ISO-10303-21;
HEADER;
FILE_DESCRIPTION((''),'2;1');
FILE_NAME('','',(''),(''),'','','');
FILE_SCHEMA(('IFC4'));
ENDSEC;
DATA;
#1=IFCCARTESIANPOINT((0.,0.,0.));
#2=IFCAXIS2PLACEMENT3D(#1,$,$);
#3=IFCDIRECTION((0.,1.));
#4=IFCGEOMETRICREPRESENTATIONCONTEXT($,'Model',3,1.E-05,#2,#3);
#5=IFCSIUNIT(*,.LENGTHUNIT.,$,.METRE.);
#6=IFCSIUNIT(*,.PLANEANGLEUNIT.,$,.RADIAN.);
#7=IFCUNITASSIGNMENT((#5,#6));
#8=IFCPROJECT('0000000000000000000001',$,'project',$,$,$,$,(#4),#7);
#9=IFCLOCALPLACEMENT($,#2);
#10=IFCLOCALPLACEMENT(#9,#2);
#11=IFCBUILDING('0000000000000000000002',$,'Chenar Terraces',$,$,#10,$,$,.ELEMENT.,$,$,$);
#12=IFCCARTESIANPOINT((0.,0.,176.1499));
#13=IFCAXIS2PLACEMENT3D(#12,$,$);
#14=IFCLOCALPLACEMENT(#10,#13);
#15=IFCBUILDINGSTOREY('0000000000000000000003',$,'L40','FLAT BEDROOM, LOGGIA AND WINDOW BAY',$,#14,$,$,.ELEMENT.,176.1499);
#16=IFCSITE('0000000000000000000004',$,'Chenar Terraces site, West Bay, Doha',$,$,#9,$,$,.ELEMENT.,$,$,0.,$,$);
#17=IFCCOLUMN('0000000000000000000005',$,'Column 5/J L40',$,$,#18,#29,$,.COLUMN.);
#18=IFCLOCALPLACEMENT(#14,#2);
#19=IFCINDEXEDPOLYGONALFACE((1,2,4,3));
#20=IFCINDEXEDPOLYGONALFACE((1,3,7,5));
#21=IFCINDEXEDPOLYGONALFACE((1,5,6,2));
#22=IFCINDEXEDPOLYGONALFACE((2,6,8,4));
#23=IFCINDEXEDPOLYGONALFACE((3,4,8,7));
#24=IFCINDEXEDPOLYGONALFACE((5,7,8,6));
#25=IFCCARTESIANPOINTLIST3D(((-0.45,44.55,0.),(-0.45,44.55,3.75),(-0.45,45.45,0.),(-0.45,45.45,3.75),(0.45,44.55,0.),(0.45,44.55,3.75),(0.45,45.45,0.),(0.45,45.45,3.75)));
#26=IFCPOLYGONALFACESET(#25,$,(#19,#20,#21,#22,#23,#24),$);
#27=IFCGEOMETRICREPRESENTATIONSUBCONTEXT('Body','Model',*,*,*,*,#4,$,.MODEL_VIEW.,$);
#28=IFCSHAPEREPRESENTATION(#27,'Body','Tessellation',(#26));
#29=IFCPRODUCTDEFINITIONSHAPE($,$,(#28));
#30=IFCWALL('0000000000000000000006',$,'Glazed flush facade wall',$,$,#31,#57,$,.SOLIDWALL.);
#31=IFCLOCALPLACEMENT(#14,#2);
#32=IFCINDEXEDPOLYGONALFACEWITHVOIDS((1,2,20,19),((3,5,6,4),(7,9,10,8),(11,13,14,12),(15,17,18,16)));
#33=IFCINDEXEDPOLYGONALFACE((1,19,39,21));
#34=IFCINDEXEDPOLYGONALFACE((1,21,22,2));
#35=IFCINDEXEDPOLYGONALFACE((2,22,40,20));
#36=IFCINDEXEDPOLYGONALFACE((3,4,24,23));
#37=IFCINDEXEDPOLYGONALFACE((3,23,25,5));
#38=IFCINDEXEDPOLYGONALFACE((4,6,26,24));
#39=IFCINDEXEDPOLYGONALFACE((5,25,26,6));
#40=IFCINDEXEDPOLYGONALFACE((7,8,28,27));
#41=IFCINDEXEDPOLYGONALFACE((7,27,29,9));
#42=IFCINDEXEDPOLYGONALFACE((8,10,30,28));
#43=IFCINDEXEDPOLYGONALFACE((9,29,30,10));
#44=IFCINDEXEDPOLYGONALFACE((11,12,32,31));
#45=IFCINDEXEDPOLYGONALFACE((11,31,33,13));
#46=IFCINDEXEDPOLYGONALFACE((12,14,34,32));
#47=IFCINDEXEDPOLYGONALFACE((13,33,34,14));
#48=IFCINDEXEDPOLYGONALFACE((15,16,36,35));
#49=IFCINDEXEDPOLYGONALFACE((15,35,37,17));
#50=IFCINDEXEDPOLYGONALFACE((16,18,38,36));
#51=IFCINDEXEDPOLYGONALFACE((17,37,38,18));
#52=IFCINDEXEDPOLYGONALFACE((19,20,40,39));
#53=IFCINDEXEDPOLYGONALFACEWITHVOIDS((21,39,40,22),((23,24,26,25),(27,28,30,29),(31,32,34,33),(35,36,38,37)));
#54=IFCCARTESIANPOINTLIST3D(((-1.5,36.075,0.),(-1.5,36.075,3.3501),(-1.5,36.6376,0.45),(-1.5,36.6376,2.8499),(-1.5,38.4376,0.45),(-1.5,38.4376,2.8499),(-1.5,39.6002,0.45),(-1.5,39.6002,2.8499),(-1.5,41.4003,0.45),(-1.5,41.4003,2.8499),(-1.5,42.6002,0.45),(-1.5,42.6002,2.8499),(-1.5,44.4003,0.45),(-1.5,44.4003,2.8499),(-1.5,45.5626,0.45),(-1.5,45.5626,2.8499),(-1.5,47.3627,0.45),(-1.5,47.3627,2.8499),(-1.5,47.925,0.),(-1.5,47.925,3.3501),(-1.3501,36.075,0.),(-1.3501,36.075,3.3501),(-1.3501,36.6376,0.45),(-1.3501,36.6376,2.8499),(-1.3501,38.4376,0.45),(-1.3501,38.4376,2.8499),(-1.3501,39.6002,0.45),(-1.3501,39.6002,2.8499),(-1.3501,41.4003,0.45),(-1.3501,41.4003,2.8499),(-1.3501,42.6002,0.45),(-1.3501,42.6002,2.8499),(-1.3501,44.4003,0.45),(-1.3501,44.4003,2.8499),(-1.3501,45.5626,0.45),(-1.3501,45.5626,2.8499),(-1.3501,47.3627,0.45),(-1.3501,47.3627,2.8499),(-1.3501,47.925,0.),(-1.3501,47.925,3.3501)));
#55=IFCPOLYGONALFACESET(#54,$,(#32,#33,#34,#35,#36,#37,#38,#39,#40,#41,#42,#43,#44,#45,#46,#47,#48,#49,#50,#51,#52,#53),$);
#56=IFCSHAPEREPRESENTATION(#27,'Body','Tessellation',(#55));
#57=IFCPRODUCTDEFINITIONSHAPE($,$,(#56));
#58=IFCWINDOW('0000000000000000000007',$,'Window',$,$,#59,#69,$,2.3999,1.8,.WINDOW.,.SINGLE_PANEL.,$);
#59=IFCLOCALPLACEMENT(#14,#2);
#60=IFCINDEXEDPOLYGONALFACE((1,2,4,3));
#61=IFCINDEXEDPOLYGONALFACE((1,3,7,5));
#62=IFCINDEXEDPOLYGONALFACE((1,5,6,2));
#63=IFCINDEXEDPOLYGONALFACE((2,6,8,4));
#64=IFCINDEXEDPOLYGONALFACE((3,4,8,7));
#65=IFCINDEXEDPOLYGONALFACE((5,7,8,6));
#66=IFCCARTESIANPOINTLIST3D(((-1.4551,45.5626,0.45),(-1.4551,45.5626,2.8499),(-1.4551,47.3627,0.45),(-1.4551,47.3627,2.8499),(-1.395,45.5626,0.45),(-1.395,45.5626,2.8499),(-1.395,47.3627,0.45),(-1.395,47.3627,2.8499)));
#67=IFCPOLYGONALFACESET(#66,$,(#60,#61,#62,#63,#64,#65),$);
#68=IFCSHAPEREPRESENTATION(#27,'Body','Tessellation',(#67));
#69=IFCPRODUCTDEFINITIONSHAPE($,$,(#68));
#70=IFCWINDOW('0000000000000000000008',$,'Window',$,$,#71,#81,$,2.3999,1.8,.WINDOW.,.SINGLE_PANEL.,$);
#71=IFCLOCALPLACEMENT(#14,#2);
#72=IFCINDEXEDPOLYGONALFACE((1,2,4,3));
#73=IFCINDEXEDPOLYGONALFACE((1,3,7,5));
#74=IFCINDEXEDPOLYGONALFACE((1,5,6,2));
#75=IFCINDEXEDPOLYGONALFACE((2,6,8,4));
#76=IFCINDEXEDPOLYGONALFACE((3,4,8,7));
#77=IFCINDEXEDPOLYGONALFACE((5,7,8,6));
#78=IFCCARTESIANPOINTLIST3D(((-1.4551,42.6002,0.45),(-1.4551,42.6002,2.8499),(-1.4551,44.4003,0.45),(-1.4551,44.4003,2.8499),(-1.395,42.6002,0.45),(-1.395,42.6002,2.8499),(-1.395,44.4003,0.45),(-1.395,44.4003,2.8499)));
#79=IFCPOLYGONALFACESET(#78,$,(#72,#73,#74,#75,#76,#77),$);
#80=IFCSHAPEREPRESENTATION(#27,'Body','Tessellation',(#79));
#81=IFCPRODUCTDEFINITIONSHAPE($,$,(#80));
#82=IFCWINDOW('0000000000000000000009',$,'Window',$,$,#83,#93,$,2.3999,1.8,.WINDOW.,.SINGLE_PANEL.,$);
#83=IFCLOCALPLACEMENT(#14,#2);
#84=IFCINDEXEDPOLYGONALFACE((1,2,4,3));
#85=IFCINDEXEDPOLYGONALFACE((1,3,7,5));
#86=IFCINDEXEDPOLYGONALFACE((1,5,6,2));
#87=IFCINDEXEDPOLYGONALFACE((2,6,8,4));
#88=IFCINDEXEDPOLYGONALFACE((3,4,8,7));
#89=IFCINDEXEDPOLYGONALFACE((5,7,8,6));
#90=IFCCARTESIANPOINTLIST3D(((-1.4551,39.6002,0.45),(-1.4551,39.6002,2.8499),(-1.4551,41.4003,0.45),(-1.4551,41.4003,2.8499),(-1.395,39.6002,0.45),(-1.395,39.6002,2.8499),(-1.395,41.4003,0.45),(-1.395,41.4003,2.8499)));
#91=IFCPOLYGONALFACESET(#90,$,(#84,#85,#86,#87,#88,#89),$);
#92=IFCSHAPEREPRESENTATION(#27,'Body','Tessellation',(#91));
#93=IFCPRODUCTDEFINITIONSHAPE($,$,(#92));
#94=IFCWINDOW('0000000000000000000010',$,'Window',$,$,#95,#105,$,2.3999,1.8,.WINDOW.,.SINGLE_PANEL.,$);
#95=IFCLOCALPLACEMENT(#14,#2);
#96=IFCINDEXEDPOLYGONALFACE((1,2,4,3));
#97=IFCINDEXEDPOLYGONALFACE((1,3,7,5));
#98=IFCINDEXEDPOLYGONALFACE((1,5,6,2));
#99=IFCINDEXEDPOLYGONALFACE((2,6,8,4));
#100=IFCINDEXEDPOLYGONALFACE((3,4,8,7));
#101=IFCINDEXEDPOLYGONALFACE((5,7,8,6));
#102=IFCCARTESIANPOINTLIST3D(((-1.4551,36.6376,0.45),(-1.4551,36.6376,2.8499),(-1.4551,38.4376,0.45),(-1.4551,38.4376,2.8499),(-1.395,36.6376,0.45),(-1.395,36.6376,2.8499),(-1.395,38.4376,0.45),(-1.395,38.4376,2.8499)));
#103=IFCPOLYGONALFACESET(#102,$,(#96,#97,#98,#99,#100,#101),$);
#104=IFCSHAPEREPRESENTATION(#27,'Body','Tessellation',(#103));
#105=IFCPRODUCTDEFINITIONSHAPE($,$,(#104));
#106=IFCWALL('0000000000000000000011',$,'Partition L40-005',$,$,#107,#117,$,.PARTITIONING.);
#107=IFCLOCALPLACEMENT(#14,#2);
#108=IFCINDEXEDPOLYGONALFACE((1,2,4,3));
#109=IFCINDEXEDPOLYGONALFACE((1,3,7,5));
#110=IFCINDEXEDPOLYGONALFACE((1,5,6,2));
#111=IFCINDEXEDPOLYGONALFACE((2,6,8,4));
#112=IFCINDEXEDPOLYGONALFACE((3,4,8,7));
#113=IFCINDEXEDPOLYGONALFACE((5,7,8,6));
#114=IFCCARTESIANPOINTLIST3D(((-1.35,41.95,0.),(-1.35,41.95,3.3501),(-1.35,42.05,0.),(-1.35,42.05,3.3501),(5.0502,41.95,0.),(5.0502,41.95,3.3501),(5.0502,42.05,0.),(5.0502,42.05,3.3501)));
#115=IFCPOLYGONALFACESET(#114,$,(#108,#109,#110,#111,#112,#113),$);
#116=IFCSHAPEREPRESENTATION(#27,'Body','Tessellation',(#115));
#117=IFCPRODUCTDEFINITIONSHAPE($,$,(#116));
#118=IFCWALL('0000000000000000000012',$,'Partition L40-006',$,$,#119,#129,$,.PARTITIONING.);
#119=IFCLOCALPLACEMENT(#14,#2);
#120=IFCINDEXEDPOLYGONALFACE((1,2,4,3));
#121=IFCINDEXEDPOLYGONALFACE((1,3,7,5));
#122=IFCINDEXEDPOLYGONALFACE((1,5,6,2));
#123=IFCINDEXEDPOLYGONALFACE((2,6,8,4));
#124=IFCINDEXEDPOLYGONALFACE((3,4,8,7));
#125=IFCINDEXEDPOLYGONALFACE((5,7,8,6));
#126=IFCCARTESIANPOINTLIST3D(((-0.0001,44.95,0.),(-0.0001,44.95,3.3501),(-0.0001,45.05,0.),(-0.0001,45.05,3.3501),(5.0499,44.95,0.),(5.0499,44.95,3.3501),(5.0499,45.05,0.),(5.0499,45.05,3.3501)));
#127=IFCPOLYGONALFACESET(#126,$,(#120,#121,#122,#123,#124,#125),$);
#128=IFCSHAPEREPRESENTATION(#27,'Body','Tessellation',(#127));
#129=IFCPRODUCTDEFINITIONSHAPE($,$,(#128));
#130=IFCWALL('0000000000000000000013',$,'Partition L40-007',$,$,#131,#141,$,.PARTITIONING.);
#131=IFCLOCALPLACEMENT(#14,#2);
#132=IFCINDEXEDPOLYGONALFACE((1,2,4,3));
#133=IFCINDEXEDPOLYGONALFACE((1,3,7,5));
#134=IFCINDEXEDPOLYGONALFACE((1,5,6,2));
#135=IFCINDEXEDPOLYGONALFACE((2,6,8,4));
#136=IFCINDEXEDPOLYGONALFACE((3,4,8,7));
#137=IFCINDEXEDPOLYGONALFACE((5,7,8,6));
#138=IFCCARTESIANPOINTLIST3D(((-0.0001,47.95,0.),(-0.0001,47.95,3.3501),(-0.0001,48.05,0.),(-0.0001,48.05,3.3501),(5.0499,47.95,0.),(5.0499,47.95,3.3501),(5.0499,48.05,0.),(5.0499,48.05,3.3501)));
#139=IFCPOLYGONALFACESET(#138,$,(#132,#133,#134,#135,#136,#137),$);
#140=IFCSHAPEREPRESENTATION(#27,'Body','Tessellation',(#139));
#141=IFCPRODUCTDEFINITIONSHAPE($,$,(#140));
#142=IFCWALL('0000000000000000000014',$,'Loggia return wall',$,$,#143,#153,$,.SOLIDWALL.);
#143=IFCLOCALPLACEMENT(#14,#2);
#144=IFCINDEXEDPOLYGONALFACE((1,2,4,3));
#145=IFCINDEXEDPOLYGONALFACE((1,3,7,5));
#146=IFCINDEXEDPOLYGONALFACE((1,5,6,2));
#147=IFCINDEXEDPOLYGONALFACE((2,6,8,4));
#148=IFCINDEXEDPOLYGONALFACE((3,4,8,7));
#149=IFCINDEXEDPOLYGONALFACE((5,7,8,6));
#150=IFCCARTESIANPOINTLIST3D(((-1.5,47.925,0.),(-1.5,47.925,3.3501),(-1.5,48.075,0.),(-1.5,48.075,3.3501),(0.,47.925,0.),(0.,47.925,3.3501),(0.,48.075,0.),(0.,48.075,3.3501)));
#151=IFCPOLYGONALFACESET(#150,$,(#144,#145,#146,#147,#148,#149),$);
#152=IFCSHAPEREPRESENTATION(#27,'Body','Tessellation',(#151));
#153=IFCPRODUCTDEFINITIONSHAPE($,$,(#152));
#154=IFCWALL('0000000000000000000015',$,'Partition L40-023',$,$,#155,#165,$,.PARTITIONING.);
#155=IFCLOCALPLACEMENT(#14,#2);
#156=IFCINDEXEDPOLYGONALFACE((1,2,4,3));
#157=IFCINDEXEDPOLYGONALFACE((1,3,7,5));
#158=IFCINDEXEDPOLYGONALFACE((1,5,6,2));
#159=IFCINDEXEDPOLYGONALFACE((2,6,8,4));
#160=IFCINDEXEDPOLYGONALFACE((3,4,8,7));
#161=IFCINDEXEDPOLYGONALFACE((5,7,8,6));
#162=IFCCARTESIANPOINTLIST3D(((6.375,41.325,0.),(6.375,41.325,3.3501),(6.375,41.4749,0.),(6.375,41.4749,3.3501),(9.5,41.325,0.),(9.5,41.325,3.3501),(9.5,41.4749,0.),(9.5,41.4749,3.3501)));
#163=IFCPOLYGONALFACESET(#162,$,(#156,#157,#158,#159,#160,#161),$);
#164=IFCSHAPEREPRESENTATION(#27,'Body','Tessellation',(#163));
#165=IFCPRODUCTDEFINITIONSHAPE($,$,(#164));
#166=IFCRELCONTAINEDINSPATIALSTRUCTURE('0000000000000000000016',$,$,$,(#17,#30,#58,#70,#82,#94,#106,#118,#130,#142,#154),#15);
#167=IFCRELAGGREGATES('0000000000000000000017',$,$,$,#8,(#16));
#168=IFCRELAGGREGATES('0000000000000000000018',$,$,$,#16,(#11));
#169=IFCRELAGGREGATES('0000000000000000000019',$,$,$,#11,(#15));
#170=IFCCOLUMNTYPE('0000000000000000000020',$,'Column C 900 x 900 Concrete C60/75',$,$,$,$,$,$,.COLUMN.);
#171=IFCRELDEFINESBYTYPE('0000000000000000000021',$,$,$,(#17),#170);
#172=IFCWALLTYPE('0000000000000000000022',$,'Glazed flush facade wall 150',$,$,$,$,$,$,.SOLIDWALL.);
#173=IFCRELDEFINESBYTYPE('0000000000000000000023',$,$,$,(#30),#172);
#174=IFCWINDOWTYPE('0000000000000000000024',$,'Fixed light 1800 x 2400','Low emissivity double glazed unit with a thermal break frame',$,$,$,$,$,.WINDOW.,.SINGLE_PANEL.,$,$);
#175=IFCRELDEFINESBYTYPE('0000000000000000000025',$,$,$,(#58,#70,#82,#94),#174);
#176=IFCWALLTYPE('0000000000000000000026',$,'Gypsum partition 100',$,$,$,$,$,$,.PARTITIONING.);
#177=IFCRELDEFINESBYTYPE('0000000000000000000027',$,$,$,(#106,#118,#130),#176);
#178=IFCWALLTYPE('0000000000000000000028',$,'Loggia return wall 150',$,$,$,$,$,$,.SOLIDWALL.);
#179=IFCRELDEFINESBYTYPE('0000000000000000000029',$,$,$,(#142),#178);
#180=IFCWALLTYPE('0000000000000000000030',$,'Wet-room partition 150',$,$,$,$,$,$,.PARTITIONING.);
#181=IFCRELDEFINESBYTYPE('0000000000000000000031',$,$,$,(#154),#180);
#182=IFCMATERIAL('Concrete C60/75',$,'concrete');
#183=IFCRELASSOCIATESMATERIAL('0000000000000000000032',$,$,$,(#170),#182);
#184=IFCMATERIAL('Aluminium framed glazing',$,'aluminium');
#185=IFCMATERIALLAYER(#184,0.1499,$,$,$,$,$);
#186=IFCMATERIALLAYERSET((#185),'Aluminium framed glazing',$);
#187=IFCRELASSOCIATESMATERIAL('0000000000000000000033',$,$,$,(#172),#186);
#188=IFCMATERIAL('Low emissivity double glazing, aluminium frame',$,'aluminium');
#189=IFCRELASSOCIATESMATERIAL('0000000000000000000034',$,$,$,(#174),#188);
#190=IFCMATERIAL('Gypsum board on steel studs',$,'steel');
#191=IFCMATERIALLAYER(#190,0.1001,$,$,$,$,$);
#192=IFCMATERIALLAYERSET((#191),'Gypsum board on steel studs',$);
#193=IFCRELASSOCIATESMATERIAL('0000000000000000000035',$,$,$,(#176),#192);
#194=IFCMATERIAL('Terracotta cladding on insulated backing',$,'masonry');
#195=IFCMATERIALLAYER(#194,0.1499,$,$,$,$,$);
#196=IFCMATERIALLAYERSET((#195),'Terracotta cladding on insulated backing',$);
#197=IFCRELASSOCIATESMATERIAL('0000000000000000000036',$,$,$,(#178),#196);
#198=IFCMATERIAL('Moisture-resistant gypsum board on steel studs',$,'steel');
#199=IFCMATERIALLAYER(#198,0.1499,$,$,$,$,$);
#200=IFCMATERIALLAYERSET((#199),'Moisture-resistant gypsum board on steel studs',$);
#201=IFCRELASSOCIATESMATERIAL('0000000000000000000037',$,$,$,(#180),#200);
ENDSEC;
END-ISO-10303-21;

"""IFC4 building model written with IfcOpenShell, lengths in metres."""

from ifc_helpers import new_model, si_unit, direction, frame, frame_2d, origin, origin_2d, place, context, subcontext, project, spatial, rectangle, extrude, material, layer, layer_set, material_profile, profile_set, type_object, element, fill, save


model = new_model("IFC4")

# Units and contexts
model_context = context("Model", 3, precision=1e-05, world=origin(), true_north=direction((0.0, 1.0)))
body_context = subcontext(model_context, "Body", "Model", "MODEL_VIEW")
ifc_project = project(units=[si_unit("LENGTHUNIT", "METRE"), si_unit("PLANEANGLEUNIT", "RADIAN")], contexts=[model_context])

# Site, building, storey
site_placement = place(None, origin())
site = spatial("IfcSite", under=ifc_project, at=site_placement, Name="Chenar Terraces site, West Bay, Doha", CompositionType="ELEMENT", RefElevation=0.0)
building_placement = place(site_placement, origin())
building = spatial("IfcBuilding", under=site, at=building_placement, Name="Chenar Terraces", CompositionType="ELEMENT")
storey_placement = place(building_placement, frame((0.0, 0.0, 176.1499)))
storey = spatial("IfcBuildingStorey", under=building, at=storey_placement, Name="L40", Description="FLAT BEDROOM, LOGGIA AND WINDOW BAY", CompositionType="ELEMENT", Elevation=176.1499)

# Column
ifc_material_1 = material(Name="Concrete C60/75", Category="concrete")
ifc_material_profile = material_profile(ifc_material_1, rectangle(XDim=0.8999, YDim=0.8999, at=origin_2d()), Name="C 900 x 900")
ifc_profile_set = profile_set([ifc_material_profile], Name="Concrete C60/75")
column_type = type_object("IfcColumnType", Name="Column C 900 x 900 Concrete C60/75", PredefinedType="COLUMN", material=ifc_profile_set)
placement = place(storey_placement, frame((0.0, 45.0, 0.0), z_axis=(0.0, 0.0, 1.0), x_axis=(1.0, 0.0, 0.0)))
element("IfcColumn", 1, at=placement, inside=storey, type_object=column_type, Name="Column 5/J L40", PredefinedType="COLUMN", context=body_context, shape_type="SweptSolid", body=[
    extrude(rectangle(XDim=0.8999, YDim=0.8999, at=origin_2d()), origin(), (0.0, 0.0, 1.0), 3.75),
])

# Wall, openings, windows
ifc_material_2 = material(Name="Aluminium framed glazing", Category="aluminium")
ifc_layer_1 = layer(ifc_material_2, 0.1499)
ifc_layer_set_1 = layer_set([ifc_layer_1], Name="Aluminium framed glazing")
wall_type_1 = type_object("IfcWallType", Name="Glazed flush facade wall 150", PredefinedType="SOLIDWALL", material=ifc_layer_set_1)
wall_1_placement = place(storey_placement, frame((-1.425, 47.925, 0.0), z_axis=(0.0, 0.0, 1.0), x_axis=(0.0, -1.0, 0.0)))
wall_1 = element("IfcWall", 2, at=wall_1_placement, inside=storey, type_object=wall_type_1, Name="Glazed flush facade wall", PredefinedType="SOLIDWALL", context=body_context, shape_type="SweptSolid", body=[
    extrude(rectangle(XDim=11.8501, YDim=0.1499, at=frame_2d((5.925, 0.0))), origin(), (0.0, 0.0, 1.0), 3.3501),
])
opening_1_placement = place(wall_1_placement, frame((0.5625, 0.0, 0.45)))
opening_1 = element("IfcOpeningElement", 3, at=opening_1_placement, cuts=wall_1, PredefinedType="OPENING", context=body_context, shape_type="SweptSolid", body=[
    extrude(rectangle(XDim=1.8, YDim=2.3999, at=frame_2d((0.8999, 1.2))), frame((0.0, 0.085, 0.0), z_axis=(0.0, -1.0, 0.0), x_axis=(1.0, 0.0, 0.0)), (0.0, 0.0, 1.0), 0.1699),
])
opening_2_placement = place(wall_1_placement, frame((3.5249, 0.0, 0.45)))
opening_2 = element("IfcOpeningElement", 4, at=opening_2_placement, cuts=wall_1, PredefinedType="OPENING", context=body_context, shape_type="SweptSolid", body=[
    extrude(rectangle(XDim=1.8, YDim=2.3999, at=frame_2d((0.8999, 1.2))), frame((0.0, 0.085, 0.0), z_axis=(0.0, -1.0, 0.0), x_axis=(1.0, 0.0, 0.0)), (0.0, 0.0, 1.0), 0.1699),
])
opening_3_placement = place(wall_1_placement, frame((6.5249, 0.0, 0.45)))
opening_3 = element("IfcOpeningElement", 5, at=opening_3_placement, cuts=wall_1, PredefinedType="OPENING", context=body_context, shape_type="SweptSolid", body=[
    extrude(rectangle(XDim=1.8, YDim=2.3999, at=frame_2d((0.8999, 1.2))), frame((0.0, 0.085, 0.0), z_axis=(0.0, -1.0, 0.0), x_axis=(1.0, 0.0, 0.0)), (0.0, 0.0, 1.0), 0.1699),
])
opening_4_placement = place(wall_1_placement, frame((9.4875, 0.0, 0.45)))
opening_4 = element("IfcOpeningElement", 6, at=opening_4_placement, cuts=wall_1, PredefinedType="OPENING", context=body_context, shape_type="SweptSolid", body=[
    extrude(rectangle(XDim=1.8, YDim=2.3999, at=frame_2d((0.8999, 1.2))), frame((0.0, 0.085, 0.0), z_axis=(0.0, -1.0, 0.0), x_axis=(1.0, 0.0, 0.0)), (0.0, 0.0, 1.0), 0.1699),
])
ifc_material_3 = material(Name="Low emissivity double glazing, aluminium frame", Category="aluminium")
window_type = type_object("IfcWindowType", Name="Fixed light 1800 x 2400", Description="Low emissivity double glazed unit with a thermal break frame", PartitioningType="SINGLE_PANEL", PredefinedType="WINDOW", material=ifc_material_3)
window_1_placement = place(opening_1_placement, origin())
window_1 = element("IfcWindow", 7, at=window_1_placement, inside=storey, type_object=window_type, Name="Window", OverallHeight=2.3999, OverallWidth=1.8, PartitioningType="SINGLE_PANEL", PredefinedType="WINDOW", context=body_context, shape_type="SweptSolid", body=[
    extrude(rectangle(XDim=1.8, YDim=2.3999, at=frame_2d((0.8999, 1.2))), frame((0.0, 0.03, 0.0), z_axis=(0.0, -1.0, 0.0), x_axis=(1.0, 0.0, 0.0)), (0.0, 0.0, 1.0), 0.0601),
])
fill(opening_1, window_1)
window_2_placement = place(opening_2_placement, origin())
window_2 = element("IfcWindow", 8, at=window_2_placement, inside=storey, type_object=window_type, Name="Window", OverallHeight=2.3999, OverallWidth=1.8, PartitioningType="SINGLE_PANEL", PredefinedType="WINDOW", context=body_context, shape_type="SweptSolid", body=[
    extrude(rectangle(XDim=1.8, YDim=2.3999, at=frame_2d((0.8999, 1.2))), frame((0.0, 0.03, 0.0), z_axis=(0.0, -1.0, 0.0), x_axis=(1.0, 0.0, 0.0)), (0.0, 0.0, 1.0), 0.0601),
])
fill(opening_2, window_2)
window_3_placement = place(opening_3_placement, origin())
window_3 = element("IfcWindow", 9, at=window_3_placement, inside=storey, type_object=window_type, Name="Window", OverallHeight=2.3999, OverallWidth=1.8, PartitioningType="SINGLE_PANEL", PredefinedType="WINDOW", context=body_context, shape_type="SweptSolid", body=[
    extrude(rectangle(XDim=1.8, YDim=2.3999, at=frame_2d((0.8999, 1.2))), frame((0.0, 0.03, 0.0), z_axis=(0.0, -1.0, 0.0), x_axis=(1.0, 0.0, 0.0)), (0.0, 0.0, 1.0), 0.0601),
])
fill(opening_3, window_3)
window_4_placement = place(opening_4_placement, origin())
window_4 = element("IfcWindow", 10, at=window_4_placement, inside=storey, type_object=window_type, Name="Window", OverallHeight=2.3999, OverallWidth=1.8, PartitioningType="SINGLE_PANEL", PredefinedType="WINDOW", context=body_context, shape_type="SweptSolid", body=[
    extrude(rectangle(XDim=1.8, YDim=2.3999, at=frame_2d((0.8999, 1.2))), frame((0.0, 0.03, 0.0), z_axis=(0.0, -1.0, 0.0), x_axis=(1.0, 0.0, 0.0)), (0.0, 0.0, 1.0), 0.0601),
])
fill(opening_4, window_4)

# Walls
ifc_material_4 = material(Name="Gypsum board on steel studs", Category="steel")
ifc_layer_2 = layer(ifc_material_4, 0.1001)
ifc_layer_set_2 = layer_set([ifc_layer_2], Name="Gypsum board on steel studs")
wall_type_2 = type_object("IfcWallType", Name="Gypsum partition 100", PredefinedType="PARTITIONING", material=ifc_layer_set_2)
wall_2_placement = place(storey_placement, frame((-1.3501, 42.0, 0.0), z_axis=(0.0, 0.0, 1.0), x_axis=(1.0, 0.0, 0.0)))
element("IfcWall", 11, at=wall_2_placement, inside=storey, type_object=wall_type_2, Name="Partition L40-005", PredefinedType="PARTITIONING", context=body_context, shape_type="SweptSolid", body=[
    extrude(rectangle(XDim=6.4001, YDim=0.1001, at=frame_2d((3.2002, 0.0))), origin(), (0.0, 0.0, 1.0), 3.3501),
])
element("IfcWall", 12, at=placement, inside=storey, type_object=wall_type_2, Name="Partition L40-006", PredefinedType="PARTITIONING", context=body_context, shape_type="SweptSolid", body=[
    extrude(rectangle(XDim=5.05, YDim=0.1001, at=frame_2d((2.5249, 0.0))), origin(), (0.0, 0.0, 1.0), 3.3501),
])
wall_3_placement = place(storey_placement, frame((0.0, 48.0, 0.0), z_axis=(0.0, 0.0, 1.0), x_axis=(1.0, 0.0, 0.0)))
element("IfcWall", 13, at=wall_3_placement, inside=storey, type_object=wall_type_2, Name="Partition L40-007", PredefinedType="PARTITIONING", context=body_context, shape_type="SweptSolid", body=[
    extrude(rectangle(XDim=5.05, YDim=0.1001, at=frame_2d((2.5249, 0.0))), origin(), (0.0, 0.0, 1.0), 3.3501),
])
ifc_material_5 = material(Name="Terracotta cladding on insulated backing", Category="masonry")
ifc_layer_3 = layer(ifc_material_5, 0.1499)
ifc_layer_set_3 = layer_set([ifc_layer_3], Name="Terracotta cladding on insulated backing")
wall_type_3 = type_object("IfcWallType", Name="Loggia return wall 150", PredefinedType="SOLIDWALL", material=ifc_layer_set_3)
wall_4_placement = place(storey_placement, frame((-1.5, 48.0, 0.0), z_axis=(0.0, 0.0, 1.0), x_axis=(1.0, 0.0, 0.0)))
element("IfcWall", 14, at=wall_4_placement, inside=storey, type_object=wall_type_3, Name="Loggia return wall", PredefinedType="SOLIDWALL", context=body_context, shape_type="SweptSolid", body=[
    extrude(rectangle(XDim=1.5, YDim=0.1499, at=frame_2d((0.75, 0.0))), origin(), (0.0, 0.0, 1.0), 3.3501),
])
ifc_material_6 = material(Name="Moisture-resistant gypsum board on steel studs", Category="steel")
ifc_layer_4 = layer(ifc_material_6, 0.1499)
ifc_layer_set_4 = layer_set([ifc_layer_4], Name="Moisture-resistant gypsum board on steel studs")
wall_type_4 = type_object("IfcWallType", Name="Wet-room partition 150", PredefinedType="PARTITIONING", material=ifc_layer_set_4)
for number, where, z_axis, x_axis, name in (
    (15, (6.375, 41.3999, 0.0), (0.0, 0.0, 1.0), (1.0, 0.0, 0.0), "Partition L40-023"),
):
    element("IfcWall", number, at=place(storey_placement, frame(where, z_axis=z_axis, x_axis=x_axis)), inside=storey, type_object=wall_type_4, Name=name, PredefinedType="PARTITIONING", context=body_context, shape_type="SweptSolid", body=[
        extrude(rectangle(XDim=3.125, YDim=0.1499, at=frame_2d((1.5625, 0.0))), origin(), (0.0, 0.0, 1.0), 3.3501),
    ])

save(model, "model.ifc")
